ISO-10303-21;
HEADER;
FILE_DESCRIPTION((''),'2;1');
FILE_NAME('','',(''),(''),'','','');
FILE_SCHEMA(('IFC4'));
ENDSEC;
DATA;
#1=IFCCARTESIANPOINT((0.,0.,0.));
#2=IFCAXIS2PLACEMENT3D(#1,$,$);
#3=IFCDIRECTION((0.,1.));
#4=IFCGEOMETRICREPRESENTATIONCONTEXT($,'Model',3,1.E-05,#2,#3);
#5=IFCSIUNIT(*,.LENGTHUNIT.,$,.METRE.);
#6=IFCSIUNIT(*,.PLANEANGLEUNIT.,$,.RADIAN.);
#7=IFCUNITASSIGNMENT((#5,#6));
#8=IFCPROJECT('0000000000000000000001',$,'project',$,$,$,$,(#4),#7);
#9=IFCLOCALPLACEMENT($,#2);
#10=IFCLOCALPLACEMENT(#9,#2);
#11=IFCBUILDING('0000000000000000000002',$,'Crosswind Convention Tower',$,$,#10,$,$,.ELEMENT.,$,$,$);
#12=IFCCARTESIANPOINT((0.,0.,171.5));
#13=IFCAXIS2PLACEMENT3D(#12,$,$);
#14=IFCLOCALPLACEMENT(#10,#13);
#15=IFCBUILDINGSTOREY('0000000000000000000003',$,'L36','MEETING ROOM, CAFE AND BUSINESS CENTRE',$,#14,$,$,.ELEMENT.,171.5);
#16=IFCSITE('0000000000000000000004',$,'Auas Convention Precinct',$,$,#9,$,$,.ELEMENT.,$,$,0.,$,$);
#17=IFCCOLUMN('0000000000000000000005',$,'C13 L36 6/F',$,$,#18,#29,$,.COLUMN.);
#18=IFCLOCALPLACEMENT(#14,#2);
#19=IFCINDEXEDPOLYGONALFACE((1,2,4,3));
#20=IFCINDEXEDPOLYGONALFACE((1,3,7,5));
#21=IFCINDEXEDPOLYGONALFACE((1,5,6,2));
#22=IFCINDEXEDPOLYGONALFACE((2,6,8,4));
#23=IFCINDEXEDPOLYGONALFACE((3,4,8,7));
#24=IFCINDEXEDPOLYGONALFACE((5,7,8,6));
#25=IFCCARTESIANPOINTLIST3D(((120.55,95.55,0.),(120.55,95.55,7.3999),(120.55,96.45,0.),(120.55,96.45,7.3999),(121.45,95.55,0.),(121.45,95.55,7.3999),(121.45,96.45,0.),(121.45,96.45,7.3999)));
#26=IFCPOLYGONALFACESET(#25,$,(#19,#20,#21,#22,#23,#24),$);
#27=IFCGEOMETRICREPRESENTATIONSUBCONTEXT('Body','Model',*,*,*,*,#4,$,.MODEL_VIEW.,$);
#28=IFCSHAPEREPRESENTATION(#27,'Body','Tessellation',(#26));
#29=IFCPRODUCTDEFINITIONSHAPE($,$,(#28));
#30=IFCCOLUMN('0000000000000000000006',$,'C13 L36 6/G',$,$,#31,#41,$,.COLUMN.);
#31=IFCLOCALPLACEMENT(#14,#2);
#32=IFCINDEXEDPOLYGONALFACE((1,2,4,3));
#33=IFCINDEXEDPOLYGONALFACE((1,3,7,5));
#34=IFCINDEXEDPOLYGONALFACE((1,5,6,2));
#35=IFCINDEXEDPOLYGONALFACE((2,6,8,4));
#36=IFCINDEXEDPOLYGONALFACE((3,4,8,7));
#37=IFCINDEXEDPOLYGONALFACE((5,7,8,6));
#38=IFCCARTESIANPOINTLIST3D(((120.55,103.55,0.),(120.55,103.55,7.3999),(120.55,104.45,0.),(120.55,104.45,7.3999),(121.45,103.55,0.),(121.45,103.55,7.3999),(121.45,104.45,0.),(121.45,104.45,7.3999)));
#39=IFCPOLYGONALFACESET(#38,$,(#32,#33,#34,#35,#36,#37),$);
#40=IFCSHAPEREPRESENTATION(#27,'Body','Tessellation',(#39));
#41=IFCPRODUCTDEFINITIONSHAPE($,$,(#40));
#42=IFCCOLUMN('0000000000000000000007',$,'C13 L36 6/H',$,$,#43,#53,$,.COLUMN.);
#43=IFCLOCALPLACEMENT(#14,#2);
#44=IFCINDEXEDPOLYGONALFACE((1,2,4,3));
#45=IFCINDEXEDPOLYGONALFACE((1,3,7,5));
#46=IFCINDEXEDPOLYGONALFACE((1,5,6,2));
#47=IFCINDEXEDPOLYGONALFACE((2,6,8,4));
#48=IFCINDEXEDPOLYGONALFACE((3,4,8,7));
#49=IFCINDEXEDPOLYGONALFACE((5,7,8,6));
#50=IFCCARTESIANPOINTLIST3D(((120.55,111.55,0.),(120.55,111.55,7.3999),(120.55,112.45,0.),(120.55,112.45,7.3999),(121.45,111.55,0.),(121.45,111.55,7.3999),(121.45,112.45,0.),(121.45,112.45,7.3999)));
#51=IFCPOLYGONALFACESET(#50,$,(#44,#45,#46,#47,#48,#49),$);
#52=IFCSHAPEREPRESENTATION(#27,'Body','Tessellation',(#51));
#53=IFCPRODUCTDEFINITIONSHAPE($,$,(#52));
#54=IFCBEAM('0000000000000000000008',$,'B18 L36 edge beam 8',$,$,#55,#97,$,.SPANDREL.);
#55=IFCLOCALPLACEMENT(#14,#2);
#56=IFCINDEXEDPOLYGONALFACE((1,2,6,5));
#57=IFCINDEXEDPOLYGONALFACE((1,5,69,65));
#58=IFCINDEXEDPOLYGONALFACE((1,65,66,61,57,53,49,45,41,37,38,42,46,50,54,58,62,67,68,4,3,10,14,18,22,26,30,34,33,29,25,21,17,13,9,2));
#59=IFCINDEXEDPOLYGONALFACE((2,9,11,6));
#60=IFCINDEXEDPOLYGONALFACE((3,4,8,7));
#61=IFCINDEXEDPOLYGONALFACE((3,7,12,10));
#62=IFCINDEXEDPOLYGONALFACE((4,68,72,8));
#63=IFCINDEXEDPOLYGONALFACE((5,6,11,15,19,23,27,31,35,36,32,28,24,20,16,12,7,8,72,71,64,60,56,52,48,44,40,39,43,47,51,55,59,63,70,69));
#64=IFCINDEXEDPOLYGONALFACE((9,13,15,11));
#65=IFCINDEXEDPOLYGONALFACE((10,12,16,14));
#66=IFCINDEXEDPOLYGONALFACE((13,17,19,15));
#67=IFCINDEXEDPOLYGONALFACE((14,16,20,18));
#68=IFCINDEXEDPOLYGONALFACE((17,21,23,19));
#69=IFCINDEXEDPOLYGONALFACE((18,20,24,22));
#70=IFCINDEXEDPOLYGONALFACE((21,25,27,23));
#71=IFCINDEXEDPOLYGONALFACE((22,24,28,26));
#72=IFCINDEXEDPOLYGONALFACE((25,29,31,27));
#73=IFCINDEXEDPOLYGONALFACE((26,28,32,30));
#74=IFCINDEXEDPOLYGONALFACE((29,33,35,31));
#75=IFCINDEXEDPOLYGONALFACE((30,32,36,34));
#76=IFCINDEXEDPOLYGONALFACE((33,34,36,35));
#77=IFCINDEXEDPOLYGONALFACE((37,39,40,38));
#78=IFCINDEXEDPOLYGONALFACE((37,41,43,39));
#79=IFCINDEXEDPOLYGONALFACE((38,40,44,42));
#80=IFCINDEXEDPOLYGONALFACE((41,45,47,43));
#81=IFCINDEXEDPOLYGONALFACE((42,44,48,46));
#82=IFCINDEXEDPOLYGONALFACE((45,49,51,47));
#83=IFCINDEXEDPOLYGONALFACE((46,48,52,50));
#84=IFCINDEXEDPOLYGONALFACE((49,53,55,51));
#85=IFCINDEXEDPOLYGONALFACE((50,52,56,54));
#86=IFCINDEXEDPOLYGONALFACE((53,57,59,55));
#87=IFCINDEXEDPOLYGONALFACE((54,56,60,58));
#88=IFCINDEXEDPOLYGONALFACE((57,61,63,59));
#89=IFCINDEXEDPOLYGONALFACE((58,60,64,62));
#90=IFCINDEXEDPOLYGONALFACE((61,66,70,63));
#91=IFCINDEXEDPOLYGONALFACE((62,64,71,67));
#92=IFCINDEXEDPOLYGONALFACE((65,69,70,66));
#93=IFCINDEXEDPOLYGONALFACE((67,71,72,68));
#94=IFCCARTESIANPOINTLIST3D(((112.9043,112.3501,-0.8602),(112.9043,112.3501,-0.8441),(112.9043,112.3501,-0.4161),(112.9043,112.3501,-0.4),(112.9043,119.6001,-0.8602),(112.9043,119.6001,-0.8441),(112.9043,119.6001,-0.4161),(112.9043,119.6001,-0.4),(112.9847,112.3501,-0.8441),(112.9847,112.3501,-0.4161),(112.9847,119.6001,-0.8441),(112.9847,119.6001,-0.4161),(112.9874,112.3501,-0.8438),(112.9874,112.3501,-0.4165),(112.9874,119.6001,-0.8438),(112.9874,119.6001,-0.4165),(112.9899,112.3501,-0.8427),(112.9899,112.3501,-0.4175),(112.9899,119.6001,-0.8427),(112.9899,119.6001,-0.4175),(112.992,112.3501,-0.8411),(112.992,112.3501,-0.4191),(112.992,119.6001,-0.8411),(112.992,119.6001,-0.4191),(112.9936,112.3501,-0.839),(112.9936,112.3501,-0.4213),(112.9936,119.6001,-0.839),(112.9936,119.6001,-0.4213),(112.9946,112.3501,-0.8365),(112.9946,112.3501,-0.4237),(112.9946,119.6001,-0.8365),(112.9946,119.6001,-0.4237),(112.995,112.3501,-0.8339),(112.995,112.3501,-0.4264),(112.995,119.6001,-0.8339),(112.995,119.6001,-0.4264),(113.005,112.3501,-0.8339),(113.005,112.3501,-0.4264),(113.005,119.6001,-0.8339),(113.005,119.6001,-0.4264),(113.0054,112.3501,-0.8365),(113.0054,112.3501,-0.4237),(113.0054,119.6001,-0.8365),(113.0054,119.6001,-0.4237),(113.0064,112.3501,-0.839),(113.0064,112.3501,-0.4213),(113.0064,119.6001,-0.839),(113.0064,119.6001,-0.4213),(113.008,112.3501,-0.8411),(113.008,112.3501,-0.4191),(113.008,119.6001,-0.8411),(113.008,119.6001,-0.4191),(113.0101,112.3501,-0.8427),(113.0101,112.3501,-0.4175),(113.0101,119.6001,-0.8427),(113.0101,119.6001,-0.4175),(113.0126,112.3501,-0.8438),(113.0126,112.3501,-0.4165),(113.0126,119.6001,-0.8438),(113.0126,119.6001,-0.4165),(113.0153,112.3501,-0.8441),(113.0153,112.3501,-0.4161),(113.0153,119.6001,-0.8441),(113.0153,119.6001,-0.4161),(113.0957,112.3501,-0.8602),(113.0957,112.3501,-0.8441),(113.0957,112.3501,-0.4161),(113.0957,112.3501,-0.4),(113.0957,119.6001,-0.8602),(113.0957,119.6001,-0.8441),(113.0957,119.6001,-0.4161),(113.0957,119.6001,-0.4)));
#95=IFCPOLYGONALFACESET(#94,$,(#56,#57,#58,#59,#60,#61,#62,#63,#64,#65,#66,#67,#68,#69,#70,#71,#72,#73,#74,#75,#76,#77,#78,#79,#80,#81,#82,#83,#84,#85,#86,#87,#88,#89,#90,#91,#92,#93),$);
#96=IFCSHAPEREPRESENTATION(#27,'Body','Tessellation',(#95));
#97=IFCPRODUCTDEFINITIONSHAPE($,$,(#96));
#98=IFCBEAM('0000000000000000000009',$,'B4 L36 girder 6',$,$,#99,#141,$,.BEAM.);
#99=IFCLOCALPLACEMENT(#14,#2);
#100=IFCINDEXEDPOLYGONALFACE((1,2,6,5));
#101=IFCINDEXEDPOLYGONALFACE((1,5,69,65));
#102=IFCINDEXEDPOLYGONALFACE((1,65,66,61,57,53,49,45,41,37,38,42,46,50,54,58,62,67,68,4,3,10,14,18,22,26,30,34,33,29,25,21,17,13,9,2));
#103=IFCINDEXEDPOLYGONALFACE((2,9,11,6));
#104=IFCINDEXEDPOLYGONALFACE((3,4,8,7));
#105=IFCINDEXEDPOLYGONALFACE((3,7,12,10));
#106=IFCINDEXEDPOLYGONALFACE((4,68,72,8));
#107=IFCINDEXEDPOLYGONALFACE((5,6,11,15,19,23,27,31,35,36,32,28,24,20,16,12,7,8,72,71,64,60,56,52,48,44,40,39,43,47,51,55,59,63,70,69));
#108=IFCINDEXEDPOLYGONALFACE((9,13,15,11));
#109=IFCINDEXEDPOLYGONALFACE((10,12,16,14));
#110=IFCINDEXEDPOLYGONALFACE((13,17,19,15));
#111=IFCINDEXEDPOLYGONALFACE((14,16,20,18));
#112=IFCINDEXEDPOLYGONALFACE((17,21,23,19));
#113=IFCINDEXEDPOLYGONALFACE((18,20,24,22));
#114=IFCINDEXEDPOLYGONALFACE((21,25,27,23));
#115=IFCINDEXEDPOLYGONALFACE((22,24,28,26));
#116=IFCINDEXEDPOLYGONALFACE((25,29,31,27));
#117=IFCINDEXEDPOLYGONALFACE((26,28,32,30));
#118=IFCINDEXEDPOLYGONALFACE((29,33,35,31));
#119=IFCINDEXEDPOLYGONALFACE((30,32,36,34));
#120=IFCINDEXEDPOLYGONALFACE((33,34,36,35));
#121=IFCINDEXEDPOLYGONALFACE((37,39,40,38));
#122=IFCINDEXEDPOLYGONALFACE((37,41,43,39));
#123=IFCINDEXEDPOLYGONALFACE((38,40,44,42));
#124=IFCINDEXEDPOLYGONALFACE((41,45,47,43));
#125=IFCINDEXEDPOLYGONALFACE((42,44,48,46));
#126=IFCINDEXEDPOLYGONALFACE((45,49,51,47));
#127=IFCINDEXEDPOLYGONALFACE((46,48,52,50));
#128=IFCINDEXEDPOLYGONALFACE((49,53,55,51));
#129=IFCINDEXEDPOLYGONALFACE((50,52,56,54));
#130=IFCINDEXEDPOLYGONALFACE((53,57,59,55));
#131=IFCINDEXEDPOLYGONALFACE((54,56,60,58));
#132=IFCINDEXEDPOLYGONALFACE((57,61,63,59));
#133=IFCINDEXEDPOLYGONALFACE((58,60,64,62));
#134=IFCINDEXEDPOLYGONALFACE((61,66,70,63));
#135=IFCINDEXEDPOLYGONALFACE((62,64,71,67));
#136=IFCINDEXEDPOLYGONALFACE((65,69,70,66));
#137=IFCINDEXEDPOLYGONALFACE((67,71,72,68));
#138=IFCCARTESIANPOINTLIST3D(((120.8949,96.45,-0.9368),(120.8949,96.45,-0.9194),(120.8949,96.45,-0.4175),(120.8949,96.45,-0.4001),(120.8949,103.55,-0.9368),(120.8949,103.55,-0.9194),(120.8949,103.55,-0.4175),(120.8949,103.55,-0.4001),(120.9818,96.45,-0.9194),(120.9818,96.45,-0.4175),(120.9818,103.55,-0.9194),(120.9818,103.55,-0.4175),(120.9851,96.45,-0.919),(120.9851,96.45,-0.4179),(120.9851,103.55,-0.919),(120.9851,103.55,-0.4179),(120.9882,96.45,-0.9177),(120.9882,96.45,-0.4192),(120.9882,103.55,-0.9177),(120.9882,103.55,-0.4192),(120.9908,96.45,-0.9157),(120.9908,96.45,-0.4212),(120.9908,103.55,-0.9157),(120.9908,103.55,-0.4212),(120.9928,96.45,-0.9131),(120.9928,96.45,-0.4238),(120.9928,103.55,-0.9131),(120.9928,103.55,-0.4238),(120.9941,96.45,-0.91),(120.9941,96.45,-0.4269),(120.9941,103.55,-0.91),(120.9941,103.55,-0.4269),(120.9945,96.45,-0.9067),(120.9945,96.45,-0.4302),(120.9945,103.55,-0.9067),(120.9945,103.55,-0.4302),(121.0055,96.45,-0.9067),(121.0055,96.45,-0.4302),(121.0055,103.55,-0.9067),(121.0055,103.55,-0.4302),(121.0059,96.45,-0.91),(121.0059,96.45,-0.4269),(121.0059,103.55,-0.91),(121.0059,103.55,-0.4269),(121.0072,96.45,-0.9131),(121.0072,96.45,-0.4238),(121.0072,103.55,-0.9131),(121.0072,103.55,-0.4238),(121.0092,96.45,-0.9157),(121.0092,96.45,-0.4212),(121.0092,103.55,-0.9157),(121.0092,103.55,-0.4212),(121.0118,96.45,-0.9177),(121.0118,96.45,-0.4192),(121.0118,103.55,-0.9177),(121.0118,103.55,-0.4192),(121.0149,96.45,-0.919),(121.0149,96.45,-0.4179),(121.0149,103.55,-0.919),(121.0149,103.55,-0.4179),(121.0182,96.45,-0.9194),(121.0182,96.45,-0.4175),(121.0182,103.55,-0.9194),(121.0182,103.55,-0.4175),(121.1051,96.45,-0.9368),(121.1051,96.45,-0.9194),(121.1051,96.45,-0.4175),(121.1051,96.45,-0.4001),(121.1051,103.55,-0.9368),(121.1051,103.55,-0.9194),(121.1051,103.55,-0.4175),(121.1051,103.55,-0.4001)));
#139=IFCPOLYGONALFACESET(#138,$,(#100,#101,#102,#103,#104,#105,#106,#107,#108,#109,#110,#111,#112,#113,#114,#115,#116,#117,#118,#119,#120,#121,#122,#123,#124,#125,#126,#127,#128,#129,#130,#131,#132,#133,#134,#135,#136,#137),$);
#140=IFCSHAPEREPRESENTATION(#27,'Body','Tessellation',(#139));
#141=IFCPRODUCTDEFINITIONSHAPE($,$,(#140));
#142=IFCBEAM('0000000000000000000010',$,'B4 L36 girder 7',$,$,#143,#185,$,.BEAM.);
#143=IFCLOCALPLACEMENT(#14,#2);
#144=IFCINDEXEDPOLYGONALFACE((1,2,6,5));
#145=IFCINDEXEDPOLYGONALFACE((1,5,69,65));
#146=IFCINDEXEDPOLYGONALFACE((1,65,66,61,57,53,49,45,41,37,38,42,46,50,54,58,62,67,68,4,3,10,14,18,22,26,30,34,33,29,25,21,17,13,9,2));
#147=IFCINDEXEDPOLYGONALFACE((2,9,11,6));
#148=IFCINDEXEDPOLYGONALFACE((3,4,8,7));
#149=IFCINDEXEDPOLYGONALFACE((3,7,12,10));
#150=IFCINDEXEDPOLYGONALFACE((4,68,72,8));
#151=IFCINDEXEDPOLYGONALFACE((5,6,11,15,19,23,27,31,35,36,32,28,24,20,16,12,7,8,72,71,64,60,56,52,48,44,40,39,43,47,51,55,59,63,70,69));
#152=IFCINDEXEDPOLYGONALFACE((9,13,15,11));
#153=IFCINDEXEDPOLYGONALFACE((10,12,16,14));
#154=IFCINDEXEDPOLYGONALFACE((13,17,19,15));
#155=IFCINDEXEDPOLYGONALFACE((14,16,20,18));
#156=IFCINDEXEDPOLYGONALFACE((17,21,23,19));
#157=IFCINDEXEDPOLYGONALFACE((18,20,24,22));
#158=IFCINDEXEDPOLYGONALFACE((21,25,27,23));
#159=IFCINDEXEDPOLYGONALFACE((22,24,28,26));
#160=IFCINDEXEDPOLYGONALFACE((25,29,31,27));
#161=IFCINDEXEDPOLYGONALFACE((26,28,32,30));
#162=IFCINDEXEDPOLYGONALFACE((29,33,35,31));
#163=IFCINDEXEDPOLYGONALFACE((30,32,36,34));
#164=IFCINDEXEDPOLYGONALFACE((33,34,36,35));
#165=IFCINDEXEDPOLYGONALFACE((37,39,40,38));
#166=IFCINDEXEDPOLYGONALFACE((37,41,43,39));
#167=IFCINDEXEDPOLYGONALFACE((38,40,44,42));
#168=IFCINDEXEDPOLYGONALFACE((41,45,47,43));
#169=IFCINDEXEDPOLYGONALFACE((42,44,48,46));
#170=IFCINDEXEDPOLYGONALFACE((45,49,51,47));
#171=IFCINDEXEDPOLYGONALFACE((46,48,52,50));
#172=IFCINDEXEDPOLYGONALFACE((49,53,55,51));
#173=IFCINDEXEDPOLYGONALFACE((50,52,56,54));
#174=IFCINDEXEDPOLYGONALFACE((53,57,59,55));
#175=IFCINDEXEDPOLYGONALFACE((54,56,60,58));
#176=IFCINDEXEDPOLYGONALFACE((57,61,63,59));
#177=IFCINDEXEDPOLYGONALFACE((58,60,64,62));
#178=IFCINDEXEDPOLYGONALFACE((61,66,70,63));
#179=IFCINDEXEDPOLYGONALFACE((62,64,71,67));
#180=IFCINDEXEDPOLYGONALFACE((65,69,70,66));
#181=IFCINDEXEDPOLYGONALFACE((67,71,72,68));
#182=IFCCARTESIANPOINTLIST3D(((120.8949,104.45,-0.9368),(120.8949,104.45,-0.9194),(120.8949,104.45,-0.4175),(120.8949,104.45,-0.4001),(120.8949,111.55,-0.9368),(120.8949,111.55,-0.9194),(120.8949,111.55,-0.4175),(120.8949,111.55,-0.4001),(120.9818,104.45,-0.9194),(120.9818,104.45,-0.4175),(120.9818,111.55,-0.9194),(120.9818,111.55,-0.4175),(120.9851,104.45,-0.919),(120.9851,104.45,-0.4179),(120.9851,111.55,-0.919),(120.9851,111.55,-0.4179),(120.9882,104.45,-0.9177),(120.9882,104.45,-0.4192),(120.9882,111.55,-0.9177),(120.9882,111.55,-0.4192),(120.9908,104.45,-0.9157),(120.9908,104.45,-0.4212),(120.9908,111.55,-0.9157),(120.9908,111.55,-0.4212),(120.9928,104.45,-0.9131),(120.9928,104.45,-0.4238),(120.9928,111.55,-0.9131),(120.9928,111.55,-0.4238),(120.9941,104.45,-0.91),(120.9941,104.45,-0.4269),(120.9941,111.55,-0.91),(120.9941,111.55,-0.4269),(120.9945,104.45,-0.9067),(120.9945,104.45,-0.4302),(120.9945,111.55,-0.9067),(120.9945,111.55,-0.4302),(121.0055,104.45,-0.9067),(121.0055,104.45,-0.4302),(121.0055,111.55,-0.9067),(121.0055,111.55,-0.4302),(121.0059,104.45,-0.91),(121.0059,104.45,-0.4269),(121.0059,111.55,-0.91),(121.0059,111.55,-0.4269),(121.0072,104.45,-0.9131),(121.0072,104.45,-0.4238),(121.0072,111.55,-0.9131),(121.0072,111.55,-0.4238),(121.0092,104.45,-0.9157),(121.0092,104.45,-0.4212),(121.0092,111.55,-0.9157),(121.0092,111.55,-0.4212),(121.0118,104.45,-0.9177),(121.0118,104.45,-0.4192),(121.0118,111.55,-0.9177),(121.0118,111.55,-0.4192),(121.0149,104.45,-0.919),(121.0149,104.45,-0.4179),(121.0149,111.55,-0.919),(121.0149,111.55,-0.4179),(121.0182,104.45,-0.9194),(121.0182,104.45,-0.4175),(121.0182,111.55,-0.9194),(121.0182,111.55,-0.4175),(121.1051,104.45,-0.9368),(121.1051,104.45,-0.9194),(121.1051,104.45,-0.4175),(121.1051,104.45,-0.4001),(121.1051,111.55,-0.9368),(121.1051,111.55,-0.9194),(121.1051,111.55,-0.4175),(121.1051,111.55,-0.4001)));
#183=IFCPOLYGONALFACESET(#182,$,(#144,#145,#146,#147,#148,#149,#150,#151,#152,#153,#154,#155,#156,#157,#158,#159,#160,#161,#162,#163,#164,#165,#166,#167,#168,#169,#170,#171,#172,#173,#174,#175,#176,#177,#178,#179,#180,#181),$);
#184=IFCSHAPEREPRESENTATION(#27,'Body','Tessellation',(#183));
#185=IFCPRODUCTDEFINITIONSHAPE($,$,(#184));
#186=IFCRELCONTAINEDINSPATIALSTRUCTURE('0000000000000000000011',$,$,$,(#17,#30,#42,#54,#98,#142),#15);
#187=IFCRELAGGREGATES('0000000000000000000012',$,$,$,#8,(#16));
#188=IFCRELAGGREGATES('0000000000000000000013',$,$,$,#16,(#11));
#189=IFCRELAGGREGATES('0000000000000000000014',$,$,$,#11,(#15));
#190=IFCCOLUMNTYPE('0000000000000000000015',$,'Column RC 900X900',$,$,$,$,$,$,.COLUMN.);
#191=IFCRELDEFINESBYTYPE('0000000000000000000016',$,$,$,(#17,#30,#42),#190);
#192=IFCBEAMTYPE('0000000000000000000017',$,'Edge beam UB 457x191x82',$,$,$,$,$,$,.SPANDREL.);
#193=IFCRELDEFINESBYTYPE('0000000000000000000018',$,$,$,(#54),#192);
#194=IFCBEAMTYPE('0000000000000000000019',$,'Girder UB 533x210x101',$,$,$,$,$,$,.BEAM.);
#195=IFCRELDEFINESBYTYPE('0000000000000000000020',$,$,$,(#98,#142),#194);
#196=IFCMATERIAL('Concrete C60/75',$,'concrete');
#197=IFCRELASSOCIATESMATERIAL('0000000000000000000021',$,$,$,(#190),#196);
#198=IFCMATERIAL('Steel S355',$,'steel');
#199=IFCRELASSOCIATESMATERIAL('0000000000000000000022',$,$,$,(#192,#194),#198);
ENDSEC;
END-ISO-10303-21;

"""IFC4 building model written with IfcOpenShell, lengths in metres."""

from ifc_helpers import new_model, si_unit, direction, frame, origin, origin_2d, place, context, subcontext, project, spatial, rectangle, i_section, extrude, material, material_profile, profile_set, type_object, element, save


model = new_model("IFC4")

# Units and contexts
model_context = context("Model", 3, precision=1e-05, world=origin(), true_north=direction((0.0, 1.0)))
body_context = subcontext(model_context, "Body", "Model", "MODEL_VIEW")
ifc_project = project(units=[si_unit("LENGTHUNIT", "METRE"), si_unit("PLANEANGLEUNIT", "RADIAN")], contexts=[model_context])

# Site, building, storey
site_placement = place(None, origin())
site = spatial("IfcSite", under=ifc_project, at=site_placement, Name="Auas Convention Precinct", CompositionType="ELEMENT", RefElevation=0.0)
building_placement = place(site_placement, origin())
building = spatial("IfcBuilding", under=site, at=building_placement, Name="Crosswind Convention Tower", CompositionType="ELEMENT")
storey_placement = place(building_placement, frame((0.0, 0.0, 171.5)))
storey = spatial("IfcBuildingStorey", under=building, at=storey_placement, Name="L36", Description="MEETING ROOM, CAFE AND BUSINESS CENTRE", CompositionType="ELEMENT", Elevation=171.5)

# Columns
ifc_material_1 = material(Name="Concrete C60/75", Category="concrete")
ifc_material_profile_1 = material_profile(ifc_material_1, rectangle(XDim=0.8999, YDim=0.8999, at=origin_2d()), Name="RC 900X900")
ifc_profile_set_1 = profile_set([ifc_material_profile_1], Name="Concrete C60/75")
column_type = type_object("IfcColumnType", Name="Column RC 900X900", PredefinedType="COLUMN", material=ifc_profile_set_1)
for number, where, z_axis, x_axis, name in (
    (1, (121.0, 96.0, 0.0), (0.0, 0.0, 1.0), (1.0, 0.0, 0.0), "C13 L36 6/F"),
    (2, (121.0, 104.0, 0.0), (0.0, 0.0, 1.0), (1.0, 0.0, 0.0), "C13 L36 6/G"),
    (3, (121.0, 112.0, 0.0), (0.0, 0.0, 1.0), (1.0, 0.0, 0.0), "C13 L36 6/H"),
):
    element("IfcColumn", number, at=place(storey_placement, frame(where, z_axis=z_axis, x_axis=x_axis)), inside=storey, type_object=column_type, Name=name, PredefinedType="COLUMN", context=body_context, shape_type="SweptSolid", body=[
        extrude(rectangle(XDim=0.8999, YDim=0.8999, at=origin_2d()), origin(), (0.0, 0.0, 1.0), 7.3999),
    ])

# Beams
ifc_material_2 = material(Name="Steel S355", Category="steel")
ifc_material_profile_2 = material_profile(ifc_material_2, i_section(OverallWidth=0.1914, OverallDepth=0.4602, WebThickness=0.01, FlangeThickness=0.0161, FilletRadius=0.0103, at=origin_2d()), Name="UB 457x191x82")
ifc_profile_set_2 = profile_set([ifc_material_profile_2], Name="Steel S355")
beam_type_1 = type_object("IfcBeamType", Name="Edge beam UB 457x191x82", PredefinedType="SPANDREL", material=ifc_profile_set_2)
beam_placement = place(storey_placement, frame((113.0, 112.3501, -0.6301), z_axis=(0.0, 1.0, 0.0), x_axis=(-1.0, 0.0, 0.0)))
element("IfcBeam", 4, at=beam_placement, inside=storey, type_object=beam_type_1, Name="B18 L36 edge beam 8", PredefinedType="SPANDREL", context=body_context, shape_type="SweptSolid", body=[
    extrude(i_section(OverallWidth=0.1914, OverallDepth=0.4602, WebThickness=0.01, FlangeThickness=0.0161, FilletRadius=0.0103, at=origin_2d()), origin(), (0.0, 0.0, 1.0), 7.25),
])
ifc_material_profile_3 = material_profile(ifc_material_2, i_section(OverallWidth=0.2102, OverallDepth=0.5366, WebThickness=0.011, FlangeThickness=0.0173, FilletRadius=0.0127, at=origin_2d()), Name="UB 533x210x101")
ifc_profile_set_3 = profile_set([ifc_material_profile_3], Name="Steel S355")
beam_type_2 = type_object("IfcBeamType", Name="Girder UB 533x210x101", PredefinedType="BEAM", material=ifc_profile_set_3)
for number, where, z_axis, x_axis, name in (
    (5, (121.0, 96.45, -0.6685), (0.0, 1.0, 0.0), (-1.0, 0.0, 0.0), "B4 L36 girder 6"),
    (6, (121.0, 104.45, -0.6685), (0.0, 1.0, 0.0), (-1.0, 0.0, 0.0), "B4 L36 girder 7"),
):
    element("IfcBeam", number, at=place(storey_placement, frame(where, z_axis=z_axis, x_axis=x_axis)), inside=storey, type_object=beam_type_2, Name=name, PredefinedType="BEAM", context=body_context, shape_type="SweptSolid", body=[
        extrude(i_section(OverallWidth=0.2102, OverallDepth=0.5366, WebThickness=0.011, FlangeThickness=0.0173, FilletRadius=0.0127, at=origin_2d()), origin(), (0.0, 0.0, 1.0), 7.1001),
    ])

save(model, "model.ifc")
